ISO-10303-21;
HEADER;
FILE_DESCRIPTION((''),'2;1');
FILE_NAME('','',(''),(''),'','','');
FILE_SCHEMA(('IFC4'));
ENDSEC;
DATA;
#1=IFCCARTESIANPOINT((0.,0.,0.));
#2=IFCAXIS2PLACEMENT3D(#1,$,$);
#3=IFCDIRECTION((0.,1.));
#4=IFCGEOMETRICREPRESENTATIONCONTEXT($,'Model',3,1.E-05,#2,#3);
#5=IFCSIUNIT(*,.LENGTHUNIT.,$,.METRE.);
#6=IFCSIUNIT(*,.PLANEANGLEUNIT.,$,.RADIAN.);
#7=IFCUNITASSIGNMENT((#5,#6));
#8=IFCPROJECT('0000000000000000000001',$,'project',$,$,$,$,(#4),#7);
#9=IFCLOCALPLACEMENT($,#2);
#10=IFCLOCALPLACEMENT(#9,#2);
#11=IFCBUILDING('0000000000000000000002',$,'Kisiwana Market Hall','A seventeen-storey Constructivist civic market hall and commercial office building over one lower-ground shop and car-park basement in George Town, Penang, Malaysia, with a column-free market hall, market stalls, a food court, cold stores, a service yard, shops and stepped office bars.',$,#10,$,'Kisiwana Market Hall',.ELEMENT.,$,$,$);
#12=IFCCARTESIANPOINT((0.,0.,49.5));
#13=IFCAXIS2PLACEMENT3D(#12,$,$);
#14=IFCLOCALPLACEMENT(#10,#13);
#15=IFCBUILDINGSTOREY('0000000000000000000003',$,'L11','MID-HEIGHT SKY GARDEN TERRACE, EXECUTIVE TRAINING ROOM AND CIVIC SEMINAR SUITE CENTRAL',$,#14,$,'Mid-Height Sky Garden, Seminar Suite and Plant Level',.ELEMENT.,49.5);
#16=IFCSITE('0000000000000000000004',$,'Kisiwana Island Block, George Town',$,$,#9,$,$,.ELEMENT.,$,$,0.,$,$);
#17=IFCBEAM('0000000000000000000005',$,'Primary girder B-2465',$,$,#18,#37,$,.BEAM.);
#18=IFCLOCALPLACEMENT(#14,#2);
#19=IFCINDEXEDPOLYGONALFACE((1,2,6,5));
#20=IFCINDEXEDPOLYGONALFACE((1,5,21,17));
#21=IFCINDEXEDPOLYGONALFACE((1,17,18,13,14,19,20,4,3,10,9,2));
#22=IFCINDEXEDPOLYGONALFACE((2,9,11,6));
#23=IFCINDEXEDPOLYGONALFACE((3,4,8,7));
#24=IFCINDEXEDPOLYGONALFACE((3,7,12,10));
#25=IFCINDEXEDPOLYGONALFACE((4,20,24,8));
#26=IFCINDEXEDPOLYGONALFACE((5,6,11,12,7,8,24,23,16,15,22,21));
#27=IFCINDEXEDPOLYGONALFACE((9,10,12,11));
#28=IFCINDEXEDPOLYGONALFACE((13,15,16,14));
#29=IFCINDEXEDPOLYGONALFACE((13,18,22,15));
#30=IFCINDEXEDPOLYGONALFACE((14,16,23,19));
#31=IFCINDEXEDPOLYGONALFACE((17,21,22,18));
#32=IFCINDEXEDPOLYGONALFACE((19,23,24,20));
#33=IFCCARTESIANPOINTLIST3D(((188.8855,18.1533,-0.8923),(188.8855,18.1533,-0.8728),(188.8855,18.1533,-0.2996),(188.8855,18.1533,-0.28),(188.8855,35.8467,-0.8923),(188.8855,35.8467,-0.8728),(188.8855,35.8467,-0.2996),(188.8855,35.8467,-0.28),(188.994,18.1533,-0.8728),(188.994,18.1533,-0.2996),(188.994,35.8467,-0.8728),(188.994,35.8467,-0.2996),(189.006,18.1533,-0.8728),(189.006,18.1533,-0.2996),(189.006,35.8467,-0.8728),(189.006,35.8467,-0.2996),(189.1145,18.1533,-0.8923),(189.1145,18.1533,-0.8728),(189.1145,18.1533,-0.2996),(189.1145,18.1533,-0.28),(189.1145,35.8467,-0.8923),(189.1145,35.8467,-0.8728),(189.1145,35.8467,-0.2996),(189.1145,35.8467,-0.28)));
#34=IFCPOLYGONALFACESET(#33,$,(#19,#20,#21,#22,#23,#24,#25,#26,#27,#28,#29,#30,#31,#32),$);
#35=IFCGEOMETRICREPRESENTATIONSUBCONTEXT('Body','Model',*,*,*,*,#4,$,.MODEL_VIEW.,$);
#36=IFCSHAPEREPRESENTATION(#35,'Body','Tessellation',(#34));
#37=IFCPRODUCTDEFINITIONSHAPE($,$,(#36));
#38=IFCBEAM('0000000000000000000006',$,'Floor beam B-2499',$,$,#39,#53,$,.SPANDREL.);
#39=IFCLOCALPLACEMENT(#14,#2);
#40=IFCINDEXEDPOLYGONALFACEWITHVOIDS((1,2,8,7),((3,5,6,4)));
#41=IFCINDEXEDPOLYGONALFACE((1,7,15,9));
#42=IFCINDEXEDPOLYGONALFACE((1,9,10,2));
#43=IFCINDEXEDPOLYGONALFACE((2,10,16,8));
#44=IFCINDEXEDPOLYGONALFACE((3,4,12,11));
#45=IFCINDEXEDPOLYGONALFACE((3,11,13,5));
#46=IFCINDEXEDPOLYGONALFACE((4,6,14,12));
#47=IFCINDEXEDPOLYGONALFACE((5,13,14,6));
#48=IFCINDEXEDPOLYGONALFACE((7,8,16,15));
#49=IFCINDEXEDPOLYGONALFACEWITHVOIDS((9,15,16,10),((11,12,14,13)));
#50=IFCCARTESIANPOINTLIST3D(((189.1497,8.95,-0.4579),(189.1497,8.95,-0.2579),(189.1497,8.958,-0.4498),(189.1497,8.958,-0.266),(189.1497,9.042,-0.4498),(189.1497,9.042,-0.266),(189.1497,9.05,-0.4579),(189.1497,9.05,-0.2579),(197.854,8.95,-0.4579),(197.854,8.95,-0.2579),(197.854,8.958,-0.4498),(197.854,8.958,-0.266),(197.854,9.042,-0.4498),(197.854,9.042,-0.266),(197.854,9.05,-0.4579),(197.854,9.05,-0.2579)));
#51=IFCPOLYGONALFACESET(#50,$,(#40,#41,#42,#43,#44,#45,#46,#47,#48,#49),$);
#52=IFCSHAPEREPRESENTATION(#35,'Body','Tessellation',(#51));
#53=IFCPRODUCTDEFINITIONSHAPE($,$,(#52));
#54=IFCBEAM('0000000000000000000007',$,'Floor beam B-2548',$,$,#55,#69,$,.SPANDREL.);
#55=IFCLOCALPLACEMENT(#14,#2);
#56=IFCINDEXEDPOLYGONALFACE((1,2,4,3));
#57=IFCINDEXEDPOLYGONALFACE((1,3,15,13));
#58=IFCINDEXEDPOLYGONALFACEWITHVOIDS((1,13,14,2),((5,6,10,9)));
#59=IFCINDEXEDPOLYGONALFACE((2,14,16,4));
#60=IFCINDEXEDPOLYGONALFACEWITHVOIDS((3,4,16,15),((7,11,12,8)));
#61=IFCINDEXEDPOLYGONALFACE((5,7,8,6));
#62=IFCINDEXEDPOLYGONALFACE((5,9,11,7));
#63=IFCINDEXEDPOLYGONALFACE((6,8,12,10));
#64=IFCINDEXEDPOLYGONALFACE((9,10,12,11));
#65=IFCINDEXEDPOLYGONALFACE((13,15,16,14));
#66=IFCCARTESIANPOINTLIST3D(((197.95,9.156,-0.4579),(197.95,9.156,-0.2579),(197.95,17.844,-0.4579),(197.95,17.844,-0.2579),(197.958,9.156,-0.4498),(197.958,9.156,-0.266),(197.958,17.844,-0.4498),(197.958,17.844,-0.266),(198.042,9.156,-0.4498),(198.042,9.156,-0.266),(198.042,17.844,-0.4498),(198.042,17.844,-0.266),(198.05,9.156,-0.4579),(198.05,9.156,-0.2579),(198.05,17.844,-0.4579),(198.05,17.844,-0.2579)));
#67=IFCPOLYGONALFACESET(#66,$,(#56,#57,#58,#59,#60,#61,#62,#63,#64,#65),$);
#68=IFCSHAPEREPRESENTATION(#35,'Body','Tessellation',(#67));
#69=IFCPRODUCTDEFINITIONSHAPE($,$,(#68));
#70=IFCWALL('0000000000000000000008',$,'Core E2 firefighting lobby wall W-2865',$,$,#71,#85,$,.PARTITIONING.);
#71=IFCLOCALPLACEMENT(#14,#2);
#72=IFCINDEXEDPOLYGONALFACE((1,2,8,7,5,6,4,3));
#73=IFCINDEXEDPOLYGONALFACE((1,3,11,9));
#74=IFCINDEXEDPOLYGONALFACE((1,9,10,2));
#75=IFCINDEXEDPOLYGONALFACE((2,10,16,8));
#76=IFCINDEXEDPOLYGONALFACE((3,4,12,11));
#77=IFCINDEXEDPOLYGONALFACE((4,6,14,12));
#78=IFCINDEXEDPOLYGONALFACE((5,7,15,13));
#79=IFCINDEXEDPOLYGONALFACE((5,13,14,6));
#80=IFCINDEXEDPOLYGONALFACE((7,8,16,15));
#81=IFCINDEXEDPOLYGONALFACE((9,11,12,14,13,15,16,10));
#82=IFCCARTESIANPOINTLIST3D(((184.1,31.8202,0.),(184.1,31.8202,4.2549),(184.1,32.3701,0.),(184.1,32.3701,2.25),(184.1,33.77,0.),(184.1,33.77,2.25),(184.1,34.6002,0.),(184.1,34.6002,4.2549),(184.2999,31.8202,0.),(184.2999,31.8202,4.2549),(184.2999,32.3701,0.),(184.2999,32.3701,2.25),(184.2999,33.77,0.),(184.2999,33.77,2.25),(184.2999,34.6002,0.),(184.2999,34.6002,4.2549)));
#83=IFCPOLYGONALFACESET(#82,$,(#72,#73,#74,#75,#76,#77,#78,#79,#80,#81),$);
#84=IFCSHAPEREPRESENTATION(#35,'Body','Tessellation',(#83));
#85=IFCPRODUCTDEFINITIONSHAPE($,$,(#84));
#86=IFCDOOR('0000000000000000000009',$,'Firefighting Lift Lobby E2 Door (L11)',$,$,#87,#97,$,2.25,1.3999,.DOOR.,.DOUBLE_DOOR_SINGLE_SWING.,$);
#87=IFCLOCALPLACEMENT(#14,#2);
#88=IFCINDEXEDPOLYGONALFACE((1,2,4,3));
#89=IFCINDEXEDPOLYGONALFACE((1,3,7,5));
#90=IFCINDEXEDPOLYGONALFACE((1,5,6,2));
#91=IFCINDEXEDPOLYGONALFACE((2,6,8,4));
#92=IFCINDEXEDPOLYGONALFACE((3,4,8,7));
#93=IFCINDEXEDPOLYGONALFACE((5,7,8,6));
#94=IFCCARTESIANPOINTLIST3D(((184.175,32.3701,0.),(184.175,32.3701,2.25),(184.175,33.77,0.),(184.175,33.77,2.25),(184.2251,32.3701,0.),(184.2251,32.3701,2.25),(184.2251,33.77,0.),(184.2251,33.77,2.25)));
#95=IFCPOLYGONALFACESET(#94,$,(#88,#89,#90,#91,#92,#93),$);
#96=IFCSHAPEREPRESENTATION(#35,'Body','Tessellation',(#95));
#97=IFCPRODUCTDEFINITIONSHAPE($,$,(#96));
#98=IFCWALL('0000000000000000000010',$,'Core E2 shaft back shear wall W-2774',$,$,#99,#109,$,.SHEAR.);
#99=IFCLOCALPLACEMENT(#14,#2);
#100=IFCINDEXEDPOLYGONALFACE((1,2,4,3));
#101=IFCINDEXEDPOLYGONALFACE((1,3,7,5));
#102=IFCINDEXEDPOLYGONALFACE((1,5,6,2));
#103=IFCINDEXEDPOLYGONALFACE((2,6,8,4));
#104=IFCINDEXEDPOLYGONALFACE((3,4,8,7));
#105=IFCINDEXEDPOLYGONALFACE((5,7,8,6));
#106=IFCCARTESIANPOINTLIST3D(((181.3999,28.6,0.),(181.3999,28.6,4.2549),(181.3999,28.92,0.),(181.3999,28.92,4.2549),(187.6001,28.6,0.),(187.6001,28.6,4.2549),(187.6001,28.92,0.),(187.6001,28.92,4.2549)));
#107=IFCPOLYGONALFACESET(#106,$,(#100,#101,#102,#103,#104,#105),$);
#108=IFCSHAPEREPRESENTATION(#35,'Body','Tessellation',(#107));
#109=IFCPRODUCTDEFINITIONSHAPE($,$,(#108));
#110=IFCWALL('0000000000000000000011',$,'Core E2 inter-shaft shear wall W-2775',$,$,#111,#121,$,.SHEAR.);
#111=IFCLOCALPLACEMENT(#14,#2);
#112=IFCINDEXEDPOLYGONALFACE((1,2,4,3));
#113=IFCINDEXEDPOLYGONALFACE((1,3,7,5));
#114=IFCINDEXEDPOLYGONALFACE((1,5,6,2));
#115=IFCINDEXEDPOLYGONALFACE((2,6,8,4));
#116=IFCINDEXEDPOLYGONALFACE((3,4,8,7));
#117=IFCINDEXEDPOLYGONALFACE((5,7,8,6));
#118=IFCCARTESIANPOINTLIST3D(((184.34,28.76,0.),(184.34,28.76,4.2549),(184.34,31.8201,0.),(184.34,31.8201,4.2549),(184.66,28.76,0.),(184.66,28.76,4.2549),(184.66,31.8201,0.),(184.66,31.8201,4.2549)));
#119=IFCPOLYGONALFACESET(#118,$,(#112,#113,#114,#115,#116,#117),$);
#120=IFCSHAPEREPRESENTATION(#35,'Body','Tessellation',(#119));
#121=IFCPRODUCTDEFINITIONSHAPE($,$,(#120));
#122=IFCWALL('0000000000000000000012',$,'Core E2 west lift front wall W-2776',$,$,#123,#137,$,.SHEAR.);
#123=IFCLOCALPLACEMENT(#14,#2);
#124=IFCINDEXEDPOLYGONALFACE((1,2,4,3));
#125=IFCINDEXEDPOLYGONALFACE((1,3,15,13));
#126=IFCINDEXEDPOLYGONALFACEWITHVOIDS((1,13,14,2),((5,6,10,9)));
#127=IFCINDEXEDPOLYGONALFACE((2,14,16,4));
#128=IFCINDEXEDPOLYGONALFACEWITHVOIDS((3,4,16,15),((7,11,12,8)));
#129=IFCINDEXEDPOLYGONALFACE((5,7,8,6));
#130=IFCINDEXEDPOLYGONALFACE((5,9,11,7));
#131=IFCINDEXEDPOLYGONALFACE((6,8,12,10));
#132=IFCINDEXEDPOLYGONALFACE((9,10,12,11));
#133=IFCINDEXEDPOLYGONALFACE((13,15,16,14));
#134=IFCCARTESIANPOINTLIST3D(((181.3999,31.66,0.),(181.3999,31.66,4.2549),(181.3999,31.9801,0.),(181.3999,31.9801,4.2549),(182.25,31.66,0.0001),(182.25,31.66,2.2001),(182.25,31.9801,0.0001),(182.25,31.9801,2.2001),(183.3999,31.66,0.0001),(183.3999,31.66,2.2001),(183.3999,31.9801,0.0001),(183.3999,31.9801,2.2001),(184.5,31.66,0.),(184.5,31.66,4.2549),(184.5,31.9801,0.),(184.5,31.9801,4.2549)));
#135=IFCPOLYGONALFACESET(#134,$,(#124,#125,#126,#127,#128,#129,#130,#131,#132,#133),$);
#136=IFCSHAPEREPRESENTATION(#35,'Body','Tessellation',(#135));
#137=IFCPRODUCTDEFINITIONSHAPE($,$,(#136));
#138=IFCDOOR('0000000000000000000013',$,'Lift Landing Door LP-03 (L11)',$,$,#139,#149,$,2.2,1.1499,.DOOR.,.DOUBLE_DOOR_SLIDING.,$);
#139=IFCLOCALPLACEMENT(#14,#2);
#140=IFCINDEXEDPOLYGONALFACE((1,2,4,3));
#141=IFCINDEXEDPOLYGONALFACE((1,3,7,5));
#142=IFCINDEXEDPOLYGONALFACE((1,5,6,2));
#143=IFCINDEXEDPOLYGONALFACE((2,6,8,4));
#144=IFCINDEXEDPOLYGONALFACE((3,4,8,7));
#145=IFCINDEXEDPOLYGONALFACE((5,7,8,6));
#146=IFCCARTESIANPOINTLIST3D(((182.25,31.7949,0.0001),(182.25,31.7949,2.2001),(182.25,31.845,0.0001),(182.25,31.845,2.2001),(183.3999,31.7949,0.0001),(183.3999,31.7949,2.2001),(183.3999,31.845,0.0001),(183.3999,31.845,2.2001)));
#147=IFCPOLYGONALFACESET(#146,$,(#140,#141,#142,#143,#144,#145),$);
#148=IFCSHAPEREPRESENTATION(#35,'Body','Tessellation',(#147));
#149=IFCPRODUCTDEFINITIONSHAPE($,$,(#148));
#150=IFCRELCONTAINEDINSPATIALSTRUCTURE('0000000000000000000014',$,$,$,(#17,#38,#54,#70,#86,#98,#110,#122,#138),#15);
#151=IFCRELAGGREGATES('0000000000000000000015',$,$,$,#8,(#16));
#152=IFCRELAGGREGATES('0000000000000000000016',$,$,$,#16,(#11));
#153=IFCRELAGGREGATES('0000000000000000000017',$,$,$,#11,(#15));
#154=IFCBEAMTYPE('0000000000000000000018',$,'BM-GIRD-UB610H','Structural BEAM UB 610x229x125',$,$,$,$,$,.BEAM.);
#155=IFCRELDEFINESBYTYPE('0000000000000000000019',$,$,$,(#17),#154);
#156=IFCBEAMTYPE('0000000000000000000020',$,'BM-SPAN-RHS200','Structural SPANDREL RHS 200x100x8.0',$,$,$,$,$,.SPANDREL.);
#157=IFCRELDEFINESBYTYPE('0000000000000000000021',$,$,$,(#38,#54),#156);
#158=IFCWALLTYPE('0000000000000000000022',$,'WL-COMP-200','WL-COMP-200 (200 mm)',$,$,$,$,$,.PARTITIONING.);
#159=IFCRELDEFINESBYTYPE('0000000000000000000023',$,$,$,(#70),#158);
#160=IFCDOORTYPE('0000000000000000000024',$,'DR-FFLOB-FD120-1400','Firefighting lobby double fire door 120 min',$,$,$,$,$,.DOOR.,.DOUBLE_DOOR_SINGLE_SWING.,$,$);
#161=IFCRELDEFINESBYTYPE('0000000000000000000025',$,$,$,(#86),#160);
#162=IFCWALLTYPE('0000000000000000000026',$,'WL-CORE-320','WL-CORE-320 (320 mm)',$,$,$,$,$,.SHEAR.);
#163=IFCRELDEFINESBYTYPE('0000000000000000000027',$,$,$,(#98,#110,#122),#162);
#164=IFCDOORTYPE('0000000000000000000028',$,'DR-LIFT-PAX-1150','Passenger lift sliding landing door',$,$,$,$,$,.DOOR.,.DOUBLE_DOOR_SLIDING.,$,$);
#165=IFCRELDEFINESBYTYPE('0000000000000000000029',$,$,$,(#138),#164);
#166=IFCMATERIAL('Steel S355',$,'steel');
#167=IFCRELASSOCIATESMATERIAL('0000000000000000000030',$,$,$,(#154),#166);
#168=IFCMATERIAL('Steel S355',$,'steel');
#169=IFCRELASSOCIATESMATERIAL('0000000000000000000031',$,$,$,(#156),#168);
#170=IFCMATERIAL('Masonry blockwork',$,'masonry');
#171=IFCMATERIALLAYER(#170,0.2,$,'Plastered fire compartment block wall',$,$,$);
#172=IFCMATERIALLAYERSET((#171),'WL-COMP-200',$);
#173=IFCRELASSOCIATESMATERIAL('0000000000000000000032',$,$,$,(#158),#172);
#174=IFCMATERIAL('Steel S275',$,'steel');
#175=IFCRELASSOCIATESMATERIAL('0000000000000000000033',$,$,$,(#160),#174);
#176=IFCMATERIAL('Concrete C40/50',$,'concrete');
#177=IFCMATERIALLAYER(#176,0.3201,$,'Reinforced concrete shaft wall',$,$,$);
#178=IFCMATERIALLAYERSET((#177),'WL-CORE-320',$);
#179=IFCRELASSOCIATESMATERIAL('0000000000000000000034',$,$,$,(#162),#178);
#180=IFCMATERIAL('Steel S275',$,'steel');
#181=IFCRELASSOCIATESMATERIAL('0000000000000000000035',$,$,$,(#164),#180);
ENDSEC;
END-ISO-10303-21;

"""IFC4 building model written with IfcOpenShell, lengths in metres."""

from ifc_helpers import new_model, si_unit, direction, frame, frame_2d, origin, origin_2d, place, context, subcontext, project, spatial, rectangle, hollow_rectangle, i_section, extrude, material, layer, layer_set, material_profile, profile_set, type_object, element, fill, save


model = new_model("IFC4")

# Units and contexts
model_context = context("Model", 3, precision=1e-05, world=origin(), true_north=direction((0.0, 1.0)))
body_context = subcontext(model_context, "Body", "Model", "MODEL_VIEW")
ifc_project = project(units=[si_unit("LENGTHUNIT", "METRE"), si_unit("PLANEANGLEUNIT", "RADIAN")], contexts=[model_context])

# Site, building, storey
site_placement = place(None, origin())
site = spatial("IfcSite", under=ifc_project, at=site_placement, Name="Kisiwana Island Block, George Town", CompositionType="ELEMENT", RefElevation=0.0)
building_placement = place(site_placement, origin())
building = spatial("IfcBuilding", under=site, at=building_placement, Name="Kisiwana Market Hall", Description="A seventeen-storey Constructivist civic market hall and commercial office building over one lower-ground shop and car-park basement in George Town, Penang, Malaysia, with a column-free market hall, market stalls, a food court, cold stores, a service yard, shops and stepped office bars.", LongName="Kisiwana Market Hall", CompositionType="ELEMENT")
storey_placement = place(building_placement, frame((0.0, 0.0, 49.5)))
storey = spatial("IfcBuildingStorey", under=building, at=storey_placement, Name="L11", Description="MID-HEIGHT SKY GARDEN TERRACE, EXECUTIVE TRAINING ROOM AND CIVIC SEMINAR SUITE CENTRAL", LongName="Mid-Height Sky Garden, Seminar Suite and Plant Level", CompositionType="ELEMENT", Elevation=49.5)

# Beams
ifc_material_1 = material(Name="Steel S355", Category="steel")
ifc_material_profile_1 = material_profile(ifc_material_1, i_section(OverallWidth=0.229, OverallDepth=0.6123, WebThickness=0.012, FlangeThickness=0.0195, at=origin_2d()), Name="UB 610x229x125")
ifc_profile_set_1 = profile_set([ifc_material_profile_1], Name="Steel S355")
beam_type_1 = type_object("IfcBeamType", Name="BM-GIRD-UB610H", Description="Structural BEAM UB 610x229x125", PredefinedType="BEAM", material=ifc_profile_set_1)
beam_1_placement = place(storey_placement, frame((189.0, 18.1533, -0.5862), z_axis=(0.0, 1.0, 0.0), x_axis=(-1.0, 0.0, 0.0)))
element("IfcBeam", 1, at=beam_1_placement, inside=storey, type_object=beam_type_1, Name="Primary girder B-2465", PredefinedType="BEAM", context=body_context, shape_type="SweptSolid", body=[
    extrude(i_section(OverallWidth=0.229, OverallDepth=0.6123, WebThickness=0.012, FlangeThickness=0.0195, at=origin_2d()), origin(), (0.0, 0.0, 1.0), 17.6934),
])
ifc_material_2 = material(Name="Steel S355", Category="steel")
ifc_material_profile_2 = material_profile(ifc_material_2, hollow_rectangle(XDim=0.1001, YDim=0.2, WallThickness=0.0081, at=origin_2d()), Name="RHS 200x100x8.0")
ifc_profile_set_2 = profile_set([ifc_material_profile_2], Name="Steel S355")
beam_type_2 = type_object("IfcBeamType", Name="BM-SPAN-RHS200", Description="Structural SPANDREL RHS 200x100x8.0", PredefinedType="SPANDREL", material=ifc_profile_set_2)
beam_2_placement = place(storey_placement, frame((189.1497, 9.0, -0.3579), z_axis=(1.0, 0.0, 0.0), x_axis=(0.0, 1.0, 0.0)))
element("IfcBeam", 2, at=beam_2_placement, inside=storey, type_object=beam_type_2, Name="Floor beam B-2499", PredefinedType="SPANDREL", context=body_context, shape_type="SweptSolid", body=[
    extrude(hollow_rectangle(XDim=0.1001, YDim=0.2, WallThickness=0.0081, at=origin_2d()), origin(), (0.0, 0.0, 1.0), 8.7043),
])
beam_3_placement = place(storey_placement, frame((198.0, 9.156, -0.3579), z_axis=(0.0, 1.0, 0.0), x_axis=(-1.0, 0.0, 0.0)))
element("IfcBeam", 3, at=beam_3_placement, inside=storey, type_object=beam_type_2, Name="Floor beam B-2548", PredefinedType="SPANDREL", context=body_context, shape_type="SweptSolid", body=[
    extrude(hollow_rectangle(XDim=0.1001, YDim=0.2, WallThickness=0.0081, at=origin_2d()), origin(), (0.0, 0.0, 1.0), 8.688),
])

# Wall, opening, door
ifc_material_3 = material(Name="Masonry blockwork", Category="masonry")
ifc_layer_1 = layer(ifc_material_3, 0.2, Name="Plastered fire compartment block wall")
ifc_layer_set_1 = layer_set([ifc_layer_1], Name="WL-COMP-200")
wall_type_1 = type_object("IfcWallType", Name="WL-COMP-200", Description="WL-COMP-200 (200 mm)", PredefinedType="PARTITIONING", material=ifc_layer_set_1)
wall_1_placement = place(storey_placement, frame((184.2, 31.8201, 0.0), z_axis=(0.0, 0.0, 1.0), x_axis=(0.0, 1.0, 0.0)))
wall_1 = element("IfcWall", 4, at=wall_1_placement, inside=storey, type_object=wall_type_1, Name="Core E2 firefighting lobby wall W-2865", PredefinedType="PARTITIONING", context=body_context, shape_type="SweptSolid", body=[
    extrude(rectangle(XDim=2.78, YDim=0.2, at=frame_2d((1.3901, 0.0))), origin(), (0.0, 0.0, 1.0), 4.2549),
])
opening_1_placement = place(wall_1_placement, frame((0.55, 0.0, 0.0)))
opening_1 = element("IfcOpeningElement", 5, at=opening_1_placement, cuts=wall_1, PredefinedType="OPENING", context=body_context, shape_type="SweptSolid", body=[
    extrude(rectangle(XDim=1.3999, YDim=2.25, at=frame_2d((0.7, 1.125))), frame((0.0, 0.1118, 0.0), z_axis=(0.0, -1.0, 0.0), x_axis=(1.0, 0.0, 0.0)), (0.0, 0.0, 1.0), 0.2239),
])
ifc_material_4 = material(Name="Steel S275", Category="steel")
door_type_1 = type_object("IfcDoorType", Name="DR-FFLOB-FD120-1400", Description="Firefighting lobby double fire door 120 min", OperationType="DOUBLE_DOOR_SINGLE_SWING", PredefinedType="DOOR", material=ifc_material_4)
door_1_placement = place(opening_1_placement, origin())
door_1 = element("IfcDoor", 6, at=door_1_placement, inside=storey, type_object=door_type_1, Name="Firefighting Lift Lobby E2 Door (L11)", OperationType="DOUBLE_DOOR_SINGLE_SWING", OverallHeight=2.25, OverallWidth=1.3999, PredefinedType="DOOR", context=body_context, shape_type="SweptSolid", body=[
    extrude(rectangle(XDim=1.3999, YDim=2.25, at=frame_2d((0.7, 1.125))), frame((0.0, 0.0249, 0.0), z_axis=(0.0, -1.0, 0.0), x_axis=(1.0, 0.0, 0.0)), (0.0, 0.0, 1.0), 0.05),
])
fill(opening_1, door_1)

# Walls
ifc_material_5 = material(Name="Concrete C40/50", Category="concrete")
ifc_layer_2 = layer(ifc_material_5, 0.3201, Name="Reinforced concrete shaft wall")
ifc_layer_set_2 = layer_set([ifc_layer_2], Name="WL-CORE-320")
wall_type_2 = type_object("IfcWallType", Name="WL-CORE-320", Description="WL-CORE-320 (320 mm)", PredefinedType="SHEAR", material=ifc_layer_set_2)
wall_2_placement = place(storey_placement, frame((181.3999, 28.76, 0.0), z_axis=(0.0, 0.0, 1.0), x_axis=(1.0, 0.0, 0.0)))
element("IfcWall", 7, at=wall_2_placement, inside=storey, type_object=wall_type_2, Name="Core E2 shaft back shear wall W-2774", PredefinedType="SHEAR", context=body_context, shape_type="SweptSolid", body=[
    extrude(rectangle(XDim=6.2002, YDim=0.3201, at=frame_2d((3.1001, 0.0))), origin(), (0.0, 0.0, 1.0), 4.2549),
])
wall_3_placement = place(storey_placement, frame((184.5, 28.76, 0.0), z_axis=(0.0, 0.0, 1.0), x_axis=(0.0, 1.0, 0.0)))
element("IfcWall", 8, at=wall_3_placement, inside=storey, type_object=wall_type_2, Name="Core E2 inter-shaft shear wall W-2775", PredefinedType="SHEAR", context=body_context, shape_type="SweptSolid", body=[
    extrude(rectangle(XDim=3.0601, YDim=0.3201, at=frame_2d((1.53, 0.0))), origin(), (0.0, 0.0, 1.0), 4.2549),
])

# Wall, opening, door
wall_4_placement = place(storey_placement, frame((181.3999, 31.8201, 0.0), z_axis=(0.0, 0.0, 1.0), x_axis=(1.0, 0.0, 0.0)))
wall_4 = element("IfcWall", 9, at=wall_4_placement, inside=storey, type_object=wall_type_2, Name="Core E2 west lift front wall W-2776", PredefinedType="SHEAR", context=body_context, shape_type="SweptSolid", body=[
    extrude(rectangle(XDim=3.1001, YDim=0.3201, at=frame_2d((1.55, 0.0))), origin(), (0.0, 0.0, 1.0), 4.2549),
])
opening_2_placement = place(wall_4_placement, frame((0.8501, 0.0, 0.0)))
opening_2 = element("IfcOpeningElement", 10, at=opening_2_placement, cuts=wall_4, PredefinedType="OPENING", context=body_context, shape_type="SweptSolid", body=[
    extrude(rectangle(XDim=1.1499, YDim=2.2, at=frame_2d((0.575, 1.1001))), frame((0.0, 0.1719, 0.0), z_axis=(0.0, -1.0, 0.0), x_axis=(1.0, 0.0, 0.0)), (0.0, 0.0, 1.0), 0.344),
])
ifc_material_6 = material(Name="Steel S275", Category="steel")
door_type_2 = type_object("IfcDoorType", Name="DR-LIFT-PAX-1150", Description="Passenger lift sliding landing door", OperationType="DOUBLE_DOOR_SLIDING", PredefinedType="DOOR", material=ifc_material_6)
door_2_placement = place(opening_2_placement, origin())
door_2 = element("IfcDoor", 11, at=door_2_placement, inside=storey, type_object=door_type_2, Name="Lift Landing Door LP-03 (L11)", OperationType="DOUBLE_DOOR_SLIDING", OverallHeight=2.2, OverallWidth=1.1499, PredefinedType="DOOR", context=body_context, shape_type="SweptSolid", body=[
    extrude(rectangle(XDim=1.1499, YDim=2.2, at=frame_2d((0.575, 1.1001))), frame((0.0, 0.0249, 0.0), z_axis=(0.0, -1.0, 0.0), x_axis=(1.0, 0.0, 0.0)), (0.0, 0.0, 1.0), 0.05),
])
fill(opening_2, door_2)

save(model, "model.ifc")
